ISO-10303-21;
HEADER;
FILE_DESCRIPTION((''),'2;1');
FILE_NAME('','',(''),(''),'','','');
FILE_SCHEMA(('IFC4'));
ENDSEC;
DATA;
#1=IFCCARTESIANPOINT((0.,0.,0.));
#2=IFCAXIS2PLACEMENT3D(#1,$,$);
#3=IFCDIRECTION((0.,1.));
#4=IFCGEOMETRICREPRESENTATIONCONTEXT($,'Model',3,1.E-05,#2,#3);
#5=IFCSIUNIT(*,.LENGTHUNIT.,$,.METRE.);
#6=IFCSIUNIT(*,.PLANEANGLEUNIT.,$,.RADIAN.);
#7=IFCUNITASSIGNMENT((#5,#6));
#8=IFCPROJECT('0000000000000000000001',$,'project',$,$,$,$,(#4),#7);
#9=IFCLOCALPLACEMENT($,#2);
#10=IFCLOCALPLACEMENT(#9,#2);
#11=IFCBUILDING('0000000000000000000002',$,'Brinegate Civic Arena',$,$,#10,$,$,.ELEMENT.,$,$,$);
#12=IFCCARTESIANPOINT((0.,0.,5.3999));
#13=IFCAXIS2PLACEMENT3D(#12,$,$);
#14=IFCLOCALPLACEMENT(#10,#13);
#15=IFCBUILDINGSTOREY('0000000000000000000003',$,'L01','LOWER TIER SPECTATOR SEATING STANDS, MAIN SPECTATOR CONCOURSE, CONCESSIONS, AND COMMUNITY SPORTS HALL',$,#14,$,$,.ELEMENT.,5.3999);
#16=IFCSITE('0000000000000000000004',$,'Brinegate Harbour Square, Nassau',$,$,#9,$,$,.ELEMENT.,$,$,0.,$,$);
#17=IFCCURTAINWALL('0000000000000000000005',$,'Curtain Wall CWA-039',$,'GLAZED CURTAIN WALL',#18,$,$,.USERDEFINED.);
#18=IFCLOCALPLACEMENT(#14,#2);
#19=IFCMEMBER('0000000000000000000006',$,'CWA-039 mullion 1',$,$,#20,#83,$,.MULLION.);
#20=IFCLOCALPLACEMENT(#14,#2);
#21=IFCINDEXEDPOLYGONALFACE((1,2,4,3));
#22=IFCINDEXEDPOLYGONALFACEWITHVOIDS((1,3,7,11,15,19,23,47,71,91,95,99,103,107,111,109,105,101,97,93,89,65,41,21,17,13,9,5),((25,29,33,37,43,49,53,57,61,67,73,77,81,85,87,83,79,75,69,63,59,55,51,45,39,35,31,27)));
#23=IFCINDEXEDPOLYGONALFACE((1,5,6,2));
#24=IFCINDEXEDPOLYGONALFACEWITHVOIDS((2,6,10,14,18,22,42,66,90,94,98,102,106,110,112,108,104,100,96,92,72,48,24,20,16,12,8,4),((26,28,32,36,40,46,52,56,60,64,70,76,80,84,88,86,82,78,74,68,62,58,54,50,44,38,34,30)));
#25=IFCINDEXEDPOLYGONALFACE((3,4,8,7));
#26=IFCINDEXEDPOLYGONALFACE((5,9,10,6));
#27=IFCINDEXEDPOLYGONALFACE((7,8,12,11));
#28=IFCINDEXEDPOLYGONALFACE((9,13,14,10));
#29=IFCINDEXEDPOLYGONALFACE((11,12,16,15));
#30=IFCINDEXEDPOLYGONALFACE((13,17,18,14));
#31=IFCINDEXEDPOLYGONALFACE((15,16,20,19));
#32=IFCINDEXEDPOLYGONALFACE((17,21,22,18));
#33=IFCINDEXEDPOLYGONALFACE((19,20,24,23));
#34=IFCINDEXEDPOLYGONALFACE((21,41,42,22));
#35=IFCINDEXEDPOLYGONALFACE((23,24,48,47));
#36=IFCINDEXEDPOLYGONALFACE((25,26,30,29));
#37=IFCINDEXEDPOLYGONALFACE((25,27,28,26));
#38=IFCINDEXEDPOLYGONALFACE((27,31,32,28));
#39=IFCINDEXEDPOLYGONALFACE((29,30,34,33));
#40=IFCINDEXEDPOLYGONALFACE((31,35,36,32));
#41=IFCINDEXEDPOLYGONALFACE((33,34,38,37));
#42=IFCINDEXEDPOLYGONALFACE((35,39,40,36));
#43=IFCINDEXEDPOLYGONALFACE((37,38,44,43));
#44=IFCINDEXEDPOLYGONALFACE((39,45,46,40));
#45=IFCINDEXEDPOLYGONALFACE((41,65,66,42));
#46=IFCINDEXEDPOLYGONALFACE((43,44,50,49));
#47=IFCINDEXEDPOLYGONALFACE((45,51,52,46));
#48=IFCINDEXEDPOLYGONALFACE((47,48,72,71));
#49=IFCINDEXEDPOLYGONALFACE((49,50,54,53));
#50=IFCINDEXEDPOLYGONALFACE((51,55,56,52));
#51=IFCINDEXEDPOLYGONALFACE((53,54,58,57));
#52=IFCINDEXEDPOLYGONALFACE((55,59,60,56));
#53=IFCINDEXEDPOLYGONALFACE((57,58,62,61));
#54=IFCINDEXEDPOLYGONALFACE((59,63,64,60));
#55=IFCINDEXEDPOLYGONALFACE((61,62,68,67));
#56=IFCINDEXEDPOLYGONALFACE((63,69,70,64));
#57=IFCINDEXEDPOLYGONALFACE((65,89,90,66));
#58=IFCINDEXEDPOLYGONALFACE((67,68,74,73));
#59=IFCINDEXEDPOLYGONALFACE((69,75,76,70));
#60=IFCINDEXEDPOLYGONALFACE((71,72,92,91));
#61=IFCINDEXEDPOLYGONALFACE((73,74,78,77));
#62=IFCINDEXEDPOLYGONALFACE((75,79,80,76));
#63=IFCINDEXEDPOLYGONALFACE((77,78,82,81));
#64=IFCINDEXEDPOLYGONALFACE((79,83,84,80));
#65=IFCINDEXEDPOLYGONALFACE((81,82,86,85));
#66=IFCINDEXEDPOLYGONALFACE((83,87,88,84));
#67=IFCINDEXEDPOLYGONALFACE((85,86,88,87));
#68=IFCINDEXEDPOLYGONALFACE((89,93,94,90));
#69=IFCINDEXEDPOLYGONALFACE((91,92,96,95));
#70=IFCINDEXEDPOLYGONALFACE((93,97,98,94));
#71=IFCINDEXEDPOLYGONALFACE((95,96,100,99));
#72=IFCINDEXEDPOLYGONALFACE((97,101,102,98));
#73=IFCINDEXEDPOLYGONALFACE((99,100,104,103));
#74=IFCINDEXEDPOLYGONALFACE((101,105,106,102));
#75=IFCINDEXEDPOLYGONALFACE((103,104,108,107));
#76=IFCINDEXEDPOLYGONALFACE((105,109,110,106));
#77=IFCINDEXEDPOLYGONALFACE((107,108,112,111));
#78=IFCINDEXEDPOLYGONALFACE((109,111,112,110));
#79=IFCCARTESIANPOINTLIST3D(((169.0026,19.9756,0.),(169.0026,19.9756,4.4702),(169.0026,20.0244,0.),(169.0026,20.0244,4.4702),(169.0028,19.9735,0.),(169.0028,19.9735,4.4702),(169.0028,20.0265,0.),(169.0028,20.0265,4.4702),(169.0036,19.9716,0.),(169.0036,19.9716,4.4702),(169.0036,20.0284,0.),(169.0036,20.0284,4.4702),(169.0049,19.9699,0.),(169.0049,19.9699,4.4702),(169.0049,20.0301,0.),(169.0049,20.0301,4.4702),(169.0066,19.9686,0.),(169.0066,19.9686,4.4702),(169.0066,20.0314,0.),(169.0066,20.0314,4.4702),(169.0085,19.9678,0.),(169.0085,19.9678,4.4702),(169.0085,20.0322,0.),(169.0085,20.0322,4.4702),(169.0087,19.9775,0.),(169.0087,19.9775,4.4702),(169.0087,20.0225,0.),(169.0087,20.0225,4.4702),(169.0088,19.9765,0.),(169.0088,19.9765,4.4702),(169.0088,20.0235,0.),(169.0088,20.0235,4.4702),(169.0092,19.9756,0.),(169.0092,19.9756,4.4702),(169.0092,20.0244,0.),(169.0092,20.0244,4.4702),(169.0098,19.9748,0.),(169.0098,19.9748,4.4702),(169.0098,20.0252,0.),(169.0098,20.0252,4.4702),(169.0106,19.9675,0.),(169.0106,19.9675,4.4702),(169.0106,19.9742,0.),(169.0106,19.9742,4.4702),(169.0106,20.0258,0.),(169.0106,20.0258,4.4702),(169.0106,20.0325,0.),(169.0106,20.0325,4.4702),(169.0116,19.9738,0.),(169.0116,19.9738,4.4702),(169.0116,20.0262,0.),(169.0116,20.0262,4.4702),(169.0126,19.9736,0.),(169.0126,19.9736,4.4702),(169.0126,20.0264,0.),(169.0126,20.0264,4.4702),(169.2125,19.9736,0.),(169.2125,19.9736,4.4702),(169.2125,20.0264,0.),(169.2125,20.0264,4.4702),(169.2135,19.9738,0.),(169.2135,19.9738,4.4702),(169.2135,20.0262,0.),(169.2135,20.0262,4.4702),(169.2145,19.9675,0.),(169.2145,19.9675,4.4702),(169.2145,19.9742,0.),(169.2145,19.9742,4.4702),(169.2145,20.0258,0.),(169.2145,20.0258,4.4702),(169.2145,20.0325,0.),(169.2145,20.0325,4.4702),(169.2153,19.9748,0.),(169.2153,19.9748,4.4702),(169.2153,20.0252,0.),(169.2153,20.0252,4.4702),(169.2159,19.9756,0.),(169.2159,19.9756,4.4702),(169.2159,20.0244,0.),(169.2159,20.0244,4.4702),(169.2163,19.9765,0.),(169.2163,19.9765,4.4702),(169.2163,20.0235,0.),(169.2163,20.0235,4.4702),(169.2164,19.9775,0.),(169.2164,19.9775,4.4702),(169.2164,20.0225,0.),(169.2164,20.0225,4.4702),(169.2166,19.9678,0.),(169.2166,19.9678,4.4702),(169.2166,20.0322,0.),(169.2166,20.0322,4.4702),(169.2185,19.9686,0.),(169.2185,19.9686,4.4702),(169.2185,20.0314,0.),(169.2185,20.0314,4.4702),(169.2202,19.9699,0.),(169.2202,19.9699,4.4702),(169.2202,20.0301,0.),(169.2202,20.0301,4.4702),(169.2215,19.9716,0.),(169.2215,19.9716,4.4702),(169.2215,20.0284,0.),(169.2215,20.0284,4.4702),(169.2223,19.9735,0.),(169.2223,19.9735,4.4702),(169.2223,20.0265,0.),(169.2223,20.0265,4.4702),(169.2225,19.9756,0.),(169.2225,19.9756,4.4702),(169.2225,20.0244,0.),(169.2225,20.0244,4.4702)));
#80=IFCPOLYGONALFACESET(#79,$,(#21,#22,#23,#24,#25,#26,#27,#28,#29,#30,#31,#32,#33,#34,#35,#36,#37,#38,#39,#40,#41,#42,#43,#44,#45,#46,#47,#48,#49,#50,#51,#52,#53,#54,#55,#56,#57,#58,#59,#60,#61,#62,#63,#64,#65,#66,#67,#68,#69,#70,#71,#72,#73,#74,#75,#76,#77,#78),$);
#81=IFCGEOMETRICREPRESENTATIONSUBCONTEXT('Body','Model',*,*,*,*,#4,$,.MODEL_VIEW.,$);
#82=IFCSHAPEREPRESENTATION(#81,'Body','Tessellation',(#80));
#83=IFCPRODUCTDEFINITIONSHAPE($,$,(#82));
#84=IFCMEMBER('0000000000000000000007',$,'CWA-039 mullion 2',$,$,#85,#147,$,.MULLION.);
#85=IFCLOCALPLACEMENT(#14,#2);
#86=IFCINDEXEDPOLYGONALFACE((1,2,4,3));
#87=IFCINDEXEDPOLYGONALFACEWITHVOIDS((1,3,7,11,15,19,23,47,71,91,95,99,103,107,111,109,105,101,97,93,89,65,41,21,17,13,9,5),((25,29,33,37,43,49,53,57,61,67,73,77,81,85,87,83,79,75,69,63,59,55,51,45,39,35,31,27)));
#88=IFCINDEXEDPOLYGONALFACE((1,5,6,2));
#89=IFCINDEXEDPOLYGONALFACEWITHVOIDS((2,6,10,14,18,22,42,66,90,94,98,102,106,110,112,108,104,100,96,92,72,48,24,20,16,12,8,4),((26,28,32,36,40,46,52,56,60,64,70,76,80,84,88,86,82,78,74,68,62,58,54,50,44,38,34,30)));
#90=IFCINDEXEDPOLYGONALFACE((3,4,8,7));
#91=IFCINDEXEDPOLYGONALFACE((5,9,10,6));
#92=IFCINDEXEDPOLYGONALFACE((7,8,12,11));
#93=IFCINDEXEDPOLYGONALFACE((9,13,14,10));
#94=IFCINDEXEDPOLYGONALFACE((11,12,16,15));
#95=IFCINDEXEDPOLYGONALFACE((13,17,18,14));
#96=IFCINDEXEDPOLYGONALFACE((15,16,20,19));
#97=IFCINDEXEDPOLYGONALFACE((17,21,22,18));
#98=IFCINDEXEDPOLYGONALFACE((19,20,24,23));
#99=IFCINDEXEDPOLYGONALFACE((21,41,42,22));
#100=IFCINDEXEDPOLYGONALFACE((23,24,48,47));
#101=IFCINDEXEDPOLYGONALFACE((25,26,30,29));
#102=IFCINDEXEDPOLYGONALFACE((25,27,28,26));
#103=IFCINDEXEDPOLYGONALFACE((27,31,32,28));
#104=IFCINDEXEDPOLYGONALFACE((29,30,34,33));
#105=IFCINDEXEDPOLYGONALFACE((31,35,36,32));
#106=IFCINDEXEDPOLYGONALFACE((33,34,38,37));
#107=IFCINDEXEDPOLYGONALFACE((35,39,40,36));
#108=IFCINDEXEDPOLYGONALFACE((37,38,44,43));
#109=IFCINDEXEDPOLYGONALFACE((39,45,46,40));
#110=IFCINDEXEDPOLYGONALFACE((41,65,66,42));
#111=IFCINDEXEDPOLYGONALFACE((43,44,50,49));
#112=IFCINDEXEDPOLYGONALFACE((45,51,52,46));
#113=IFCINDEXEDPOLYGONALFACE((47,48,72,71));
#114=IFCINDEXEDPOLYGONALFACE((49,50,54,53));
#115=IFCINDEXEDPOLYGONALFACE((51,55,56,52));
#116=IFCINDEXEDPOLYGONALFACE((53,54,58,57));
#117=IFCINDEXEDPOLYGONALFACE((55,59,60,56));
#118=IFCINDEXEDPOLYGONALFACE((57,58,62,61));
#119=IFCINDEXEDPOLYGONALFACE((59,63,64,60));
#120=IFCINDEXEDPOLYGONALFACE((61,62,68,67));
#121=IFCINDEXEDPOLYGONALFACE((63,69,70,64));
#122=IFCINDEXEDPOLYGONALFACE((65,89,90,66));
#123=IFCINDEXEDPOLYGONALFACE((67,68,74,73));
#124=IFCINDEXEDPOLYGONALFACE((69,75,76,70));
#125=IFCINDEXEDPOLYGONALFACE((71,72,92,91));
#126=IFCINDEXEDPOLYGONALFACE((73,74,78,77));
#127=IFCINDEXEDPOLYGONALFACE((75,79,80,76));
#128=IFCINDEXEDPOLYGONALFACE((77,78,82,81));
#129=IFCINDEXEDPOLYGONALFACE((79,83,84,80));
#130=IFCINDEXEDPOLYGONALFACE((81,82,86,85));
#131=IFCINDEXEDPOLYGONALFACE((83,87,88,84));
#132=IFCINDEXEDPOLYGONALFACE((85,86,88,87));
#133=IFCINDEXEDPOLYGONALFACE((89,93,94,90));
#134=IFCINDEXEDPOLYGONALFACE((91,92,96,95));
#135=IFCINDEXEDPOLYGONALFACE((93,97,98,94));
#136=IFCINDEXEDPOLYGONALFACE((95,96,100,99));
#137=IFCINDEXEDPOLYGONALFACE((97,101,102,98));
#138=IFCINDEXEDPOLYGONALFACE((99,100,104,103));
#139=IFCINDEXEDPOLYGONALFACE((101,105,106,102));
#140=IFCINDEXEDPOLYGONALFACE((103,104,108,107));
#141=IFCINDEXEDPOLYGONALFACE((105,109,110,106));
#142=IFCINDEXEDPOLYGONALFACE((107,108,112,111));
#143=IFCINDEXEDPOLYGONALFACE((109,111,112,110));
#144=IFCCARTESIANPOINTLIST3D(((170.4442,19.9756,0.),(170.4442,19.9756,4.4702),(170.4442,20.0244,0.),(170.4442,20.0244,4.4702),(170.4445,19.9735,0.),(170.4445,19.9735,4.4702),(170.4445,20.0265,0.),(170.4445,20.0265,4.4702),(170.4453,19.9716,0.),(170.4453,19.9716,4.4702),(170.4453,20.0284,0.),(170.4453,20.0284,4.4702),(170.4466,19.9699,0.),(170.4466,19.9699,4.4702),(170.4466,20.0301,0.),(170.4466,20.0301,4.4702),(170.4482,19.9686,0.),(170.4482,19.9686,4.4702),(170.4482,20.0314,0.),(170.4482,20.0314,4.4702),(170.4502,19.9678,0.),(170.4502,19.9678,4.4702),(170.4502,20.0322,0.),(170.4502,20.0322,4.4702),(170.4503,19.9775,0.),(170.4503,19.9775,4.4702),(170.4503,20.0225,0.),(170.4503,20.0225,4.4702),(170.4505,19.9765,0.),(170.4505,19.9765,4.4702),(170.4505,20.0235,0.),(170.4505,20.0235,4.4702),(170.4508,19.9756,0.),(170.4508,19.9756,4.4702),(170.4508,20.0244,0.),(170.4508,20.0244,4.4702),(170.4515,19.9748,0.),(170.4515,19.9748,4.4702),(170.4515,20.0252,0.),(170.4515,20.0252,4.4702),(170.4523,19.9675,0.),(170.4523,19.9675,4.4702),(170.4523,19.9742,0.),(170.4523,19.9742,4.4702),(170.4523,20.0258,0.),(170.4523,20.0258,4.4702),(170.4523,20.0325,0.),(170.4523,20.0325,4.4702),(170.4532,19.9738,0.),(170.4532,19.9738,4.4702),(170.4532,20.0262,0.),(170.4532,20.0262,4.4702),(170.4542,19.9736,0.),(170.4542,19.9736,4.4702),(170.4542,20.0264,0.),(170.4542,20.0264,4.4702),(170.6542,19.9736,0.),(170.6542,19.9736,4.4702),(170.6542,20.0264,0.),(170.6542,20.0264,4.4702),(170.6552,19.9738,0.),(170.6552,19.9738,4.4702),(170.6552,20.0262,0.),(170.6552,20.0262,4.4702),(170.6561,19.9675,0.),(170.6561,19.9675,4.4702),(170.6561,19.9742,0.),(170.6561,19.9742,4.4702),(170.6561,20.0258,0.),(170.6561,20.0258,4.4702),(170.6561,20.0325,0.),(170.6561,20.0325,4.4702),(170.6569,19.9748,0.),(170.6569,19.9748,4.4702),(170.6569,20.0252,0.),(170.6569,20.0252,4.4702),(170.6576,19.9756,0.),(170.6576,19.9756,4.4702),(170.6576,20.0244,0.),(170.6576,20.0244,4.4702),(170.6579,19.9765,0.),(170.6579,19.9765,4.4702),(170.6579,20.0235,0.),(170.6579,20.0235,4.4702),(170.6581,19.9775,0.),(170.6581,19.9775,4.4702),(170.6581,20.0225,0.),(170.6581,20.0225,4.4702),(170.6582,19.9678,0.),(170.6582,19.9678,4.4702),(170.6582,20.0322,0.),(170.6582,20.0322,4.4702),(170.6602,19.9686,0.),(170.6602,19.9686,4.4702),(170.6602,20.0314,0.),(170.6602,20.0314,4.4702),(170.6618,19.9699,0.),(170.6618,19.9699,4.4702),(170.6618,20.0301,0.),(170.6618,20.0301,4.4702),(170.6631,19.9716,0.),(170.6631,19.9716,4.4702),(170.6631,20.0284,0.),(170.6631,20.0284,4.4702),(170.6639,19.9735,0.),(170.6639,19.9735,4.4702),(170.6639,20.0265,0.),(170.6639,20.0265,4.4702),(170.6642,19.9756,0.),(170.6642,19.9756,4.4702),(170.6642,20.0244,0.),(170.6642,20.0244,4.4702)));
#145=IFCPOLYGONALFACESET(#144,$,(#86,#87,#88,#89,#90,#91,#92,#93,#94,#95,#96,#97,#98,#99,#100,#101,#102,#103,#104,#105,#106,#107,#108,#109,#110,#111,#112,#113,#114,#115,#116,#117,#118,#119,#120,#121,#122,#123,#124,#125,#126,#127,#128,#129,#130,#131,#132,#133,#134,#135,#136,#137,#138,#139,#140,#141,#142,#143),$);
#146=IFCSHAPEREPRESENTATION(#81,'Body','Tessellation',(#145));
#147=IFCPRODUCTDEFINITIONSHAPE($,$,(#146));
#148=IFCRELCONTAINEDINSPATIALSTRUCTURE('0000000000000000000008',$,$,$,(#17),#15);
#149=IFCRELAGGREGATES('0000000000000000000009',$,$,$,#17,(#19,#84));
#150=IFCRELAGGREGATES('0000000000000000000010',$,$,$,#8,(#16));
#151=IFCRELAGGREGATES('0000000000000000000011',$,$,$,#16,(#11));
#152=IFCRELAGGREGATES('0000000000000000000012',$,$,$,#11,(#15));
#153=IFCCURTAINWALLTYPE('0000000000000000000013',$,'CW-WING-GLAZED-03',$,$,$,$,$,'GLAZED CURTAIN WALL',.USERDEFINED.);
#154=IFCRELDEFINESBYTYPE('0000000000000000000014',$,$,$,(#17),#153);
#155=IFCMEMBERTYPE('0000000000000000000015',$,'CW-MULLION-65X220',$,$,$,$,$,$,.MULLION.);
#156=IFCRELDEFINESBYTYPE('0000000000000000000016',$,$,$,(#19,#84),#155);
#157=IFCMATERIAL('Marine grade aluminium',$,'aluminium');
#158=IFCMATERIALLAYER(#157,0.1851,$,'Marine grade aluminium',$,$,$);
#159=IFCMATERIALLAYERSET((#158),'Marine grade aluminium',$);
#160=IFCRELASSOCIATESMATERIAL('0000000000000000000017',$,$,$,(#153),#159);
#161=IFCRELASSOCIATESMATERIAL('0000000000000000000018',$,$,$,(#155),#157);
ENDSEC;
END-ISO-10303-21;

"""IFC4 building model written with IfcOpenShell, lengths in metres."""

from ifc_helpers import new_model, si_unit, direction, frame, origin, origin_2d, place, context, subcontext, project, spatial, hollow_rectangle, extrude, material, layer, layer_set, material_profile, profile_set, type_object, element, aggregate, save


model = new_model("IFC4")

# Units and contexts
model_context = context("Model", 3, precision=1e-05, world=origin(), true_north=direction((0.0, 1.0)))
body_context = subcontext(model_context, "Body", "Model", "MODEL_VIEW")
ifc_project = project(units=[si_unit("LENGTHUNIT", "METRE"), si_unit("PLANEANGLEUNIT", "RADIAN")], contexts=[model_context])

# Site, building, storey
site_placement = place(None, origin())
site = spatial("IfcSite", under=ifc_project, at=site_placement, Name="Brinegate Harbour Square, Nassau", CompositionType="ELEMENT", RefElevation=0.0)
building_placement = place(site_placement, origin())
building = spatial("IfcBuilding", under=site, at=building_placement, Name="Brinegate Civic Arena", CompositionType="ELEMENT")
storey_placement = place(building_placement, frame((0.0, 0.0, 5.3999)))
storey = spatial("IfcBuildingStorey", under=building, at=storey_placement, Name="L01", Description="LOWER TIER SPECTATOR SEATING STANDS, MAIN SPECTATOR CONCOURSE, CONCESSIONS, AND COMMUNITY SPORTS HALL", CompositionType="ELEMENT", Elevation=5.3999)

# Curtain wall, members
ifc_material_1 = material(Name="Marine grade aluminium", Category="aluminium")
ifc_layer_1 = layer(ifc_material_1, 0.1851, Name="Marine grade aluminium")
ifc_layer_set_1 = layer_set([ifc_layer_1], Name="Marine grade aluminium")
curtain_wall_type_1 = type_object("IfcCurtainWallType", Name="CW-WING-GLAZED-03", ElementType="GLAZED CURTAIN WALL", PredefinedType="USERDEFINED", material=ifc_layer_set_1)
curtain_wall_1_placement = place(storey_placement, origin())
curtain_wall_1 = element("IfcCurtainWall", 1, at=curtain_wall_1_placement, inside=storey, type_object=curtain_wall_type_1, Name="Curtain Wall CWA-039", ObjectType="GLAZED CURTAIN WALL", PredefinedType="USERDEFINED")
ifc_material_profile_1 = material_profile(ifc_material_1, hollow_rectangle(XDim=0.0649, YDim=0.22, WallThickness=0.0061, InnerFilletRadius=0.0039, OuterFilletRadius=0.0081, at=origin_2d()), Name="MUL65X220")
ifc_profile_set_1 = profile_set([ifc_material_profile_1], Name="Marine grade aluminium")
member_type_1 = type_object("IfcMemberType", Name="CW-MULLION-65X220", PredefinedType="MULLION", material=ifc_profile_set_1)
member_1_placement = place(storey_placement, frame((169.1125, 20.0, 0.0), z_axis=(0.0, 0.0, 1.0), x_axis=(0.0, 1.0, 0.0)))
member_1 = element("IfcMember", 2, at=member_1_placement, type_object=member_type_1, Name="CWA-039 mullion 1", PredefinedType="MULLION", context=body_context, shape_type="SweptSolid", body=[
    extrude(hollow_rectangle(XDim=0.0649, YDim=0.22, WallThickness=0.0061, InnerFilletRadius=0.0039, OuterFilletRadius=0.0081, at=origin_2d()), origin(), (0.0, 0.0, 1.0), 4.4702),
])
member_2_placement = place(storey_placement, frame((170.5542, 20.0, 0.0), z_axis=(0.0, 0.0, 1.0), x_axis=(0.0, 1.0, 0.0)))
member_2 = element("IfcMember", 3, at=member_2_placement, type_object=member_type_1, Name="CWA-039 mullion 2", PredefinedType="MULLION", context=body_context, shape_type="SweptSolid", body=[
    extrude(hollow_rectangle(XDim=0.0649, YDim=0.22, WallThickness=0.0061, InnerFilletRadius=0.0039, OuterFilletRadius=0.0081, at=origin_2d()), origin(), (0.0, 0.0, 1.0), 4.4702),
])

aggregate(curtain_wall_1, [member_1, member_2])

save(model, "model.ifc")
